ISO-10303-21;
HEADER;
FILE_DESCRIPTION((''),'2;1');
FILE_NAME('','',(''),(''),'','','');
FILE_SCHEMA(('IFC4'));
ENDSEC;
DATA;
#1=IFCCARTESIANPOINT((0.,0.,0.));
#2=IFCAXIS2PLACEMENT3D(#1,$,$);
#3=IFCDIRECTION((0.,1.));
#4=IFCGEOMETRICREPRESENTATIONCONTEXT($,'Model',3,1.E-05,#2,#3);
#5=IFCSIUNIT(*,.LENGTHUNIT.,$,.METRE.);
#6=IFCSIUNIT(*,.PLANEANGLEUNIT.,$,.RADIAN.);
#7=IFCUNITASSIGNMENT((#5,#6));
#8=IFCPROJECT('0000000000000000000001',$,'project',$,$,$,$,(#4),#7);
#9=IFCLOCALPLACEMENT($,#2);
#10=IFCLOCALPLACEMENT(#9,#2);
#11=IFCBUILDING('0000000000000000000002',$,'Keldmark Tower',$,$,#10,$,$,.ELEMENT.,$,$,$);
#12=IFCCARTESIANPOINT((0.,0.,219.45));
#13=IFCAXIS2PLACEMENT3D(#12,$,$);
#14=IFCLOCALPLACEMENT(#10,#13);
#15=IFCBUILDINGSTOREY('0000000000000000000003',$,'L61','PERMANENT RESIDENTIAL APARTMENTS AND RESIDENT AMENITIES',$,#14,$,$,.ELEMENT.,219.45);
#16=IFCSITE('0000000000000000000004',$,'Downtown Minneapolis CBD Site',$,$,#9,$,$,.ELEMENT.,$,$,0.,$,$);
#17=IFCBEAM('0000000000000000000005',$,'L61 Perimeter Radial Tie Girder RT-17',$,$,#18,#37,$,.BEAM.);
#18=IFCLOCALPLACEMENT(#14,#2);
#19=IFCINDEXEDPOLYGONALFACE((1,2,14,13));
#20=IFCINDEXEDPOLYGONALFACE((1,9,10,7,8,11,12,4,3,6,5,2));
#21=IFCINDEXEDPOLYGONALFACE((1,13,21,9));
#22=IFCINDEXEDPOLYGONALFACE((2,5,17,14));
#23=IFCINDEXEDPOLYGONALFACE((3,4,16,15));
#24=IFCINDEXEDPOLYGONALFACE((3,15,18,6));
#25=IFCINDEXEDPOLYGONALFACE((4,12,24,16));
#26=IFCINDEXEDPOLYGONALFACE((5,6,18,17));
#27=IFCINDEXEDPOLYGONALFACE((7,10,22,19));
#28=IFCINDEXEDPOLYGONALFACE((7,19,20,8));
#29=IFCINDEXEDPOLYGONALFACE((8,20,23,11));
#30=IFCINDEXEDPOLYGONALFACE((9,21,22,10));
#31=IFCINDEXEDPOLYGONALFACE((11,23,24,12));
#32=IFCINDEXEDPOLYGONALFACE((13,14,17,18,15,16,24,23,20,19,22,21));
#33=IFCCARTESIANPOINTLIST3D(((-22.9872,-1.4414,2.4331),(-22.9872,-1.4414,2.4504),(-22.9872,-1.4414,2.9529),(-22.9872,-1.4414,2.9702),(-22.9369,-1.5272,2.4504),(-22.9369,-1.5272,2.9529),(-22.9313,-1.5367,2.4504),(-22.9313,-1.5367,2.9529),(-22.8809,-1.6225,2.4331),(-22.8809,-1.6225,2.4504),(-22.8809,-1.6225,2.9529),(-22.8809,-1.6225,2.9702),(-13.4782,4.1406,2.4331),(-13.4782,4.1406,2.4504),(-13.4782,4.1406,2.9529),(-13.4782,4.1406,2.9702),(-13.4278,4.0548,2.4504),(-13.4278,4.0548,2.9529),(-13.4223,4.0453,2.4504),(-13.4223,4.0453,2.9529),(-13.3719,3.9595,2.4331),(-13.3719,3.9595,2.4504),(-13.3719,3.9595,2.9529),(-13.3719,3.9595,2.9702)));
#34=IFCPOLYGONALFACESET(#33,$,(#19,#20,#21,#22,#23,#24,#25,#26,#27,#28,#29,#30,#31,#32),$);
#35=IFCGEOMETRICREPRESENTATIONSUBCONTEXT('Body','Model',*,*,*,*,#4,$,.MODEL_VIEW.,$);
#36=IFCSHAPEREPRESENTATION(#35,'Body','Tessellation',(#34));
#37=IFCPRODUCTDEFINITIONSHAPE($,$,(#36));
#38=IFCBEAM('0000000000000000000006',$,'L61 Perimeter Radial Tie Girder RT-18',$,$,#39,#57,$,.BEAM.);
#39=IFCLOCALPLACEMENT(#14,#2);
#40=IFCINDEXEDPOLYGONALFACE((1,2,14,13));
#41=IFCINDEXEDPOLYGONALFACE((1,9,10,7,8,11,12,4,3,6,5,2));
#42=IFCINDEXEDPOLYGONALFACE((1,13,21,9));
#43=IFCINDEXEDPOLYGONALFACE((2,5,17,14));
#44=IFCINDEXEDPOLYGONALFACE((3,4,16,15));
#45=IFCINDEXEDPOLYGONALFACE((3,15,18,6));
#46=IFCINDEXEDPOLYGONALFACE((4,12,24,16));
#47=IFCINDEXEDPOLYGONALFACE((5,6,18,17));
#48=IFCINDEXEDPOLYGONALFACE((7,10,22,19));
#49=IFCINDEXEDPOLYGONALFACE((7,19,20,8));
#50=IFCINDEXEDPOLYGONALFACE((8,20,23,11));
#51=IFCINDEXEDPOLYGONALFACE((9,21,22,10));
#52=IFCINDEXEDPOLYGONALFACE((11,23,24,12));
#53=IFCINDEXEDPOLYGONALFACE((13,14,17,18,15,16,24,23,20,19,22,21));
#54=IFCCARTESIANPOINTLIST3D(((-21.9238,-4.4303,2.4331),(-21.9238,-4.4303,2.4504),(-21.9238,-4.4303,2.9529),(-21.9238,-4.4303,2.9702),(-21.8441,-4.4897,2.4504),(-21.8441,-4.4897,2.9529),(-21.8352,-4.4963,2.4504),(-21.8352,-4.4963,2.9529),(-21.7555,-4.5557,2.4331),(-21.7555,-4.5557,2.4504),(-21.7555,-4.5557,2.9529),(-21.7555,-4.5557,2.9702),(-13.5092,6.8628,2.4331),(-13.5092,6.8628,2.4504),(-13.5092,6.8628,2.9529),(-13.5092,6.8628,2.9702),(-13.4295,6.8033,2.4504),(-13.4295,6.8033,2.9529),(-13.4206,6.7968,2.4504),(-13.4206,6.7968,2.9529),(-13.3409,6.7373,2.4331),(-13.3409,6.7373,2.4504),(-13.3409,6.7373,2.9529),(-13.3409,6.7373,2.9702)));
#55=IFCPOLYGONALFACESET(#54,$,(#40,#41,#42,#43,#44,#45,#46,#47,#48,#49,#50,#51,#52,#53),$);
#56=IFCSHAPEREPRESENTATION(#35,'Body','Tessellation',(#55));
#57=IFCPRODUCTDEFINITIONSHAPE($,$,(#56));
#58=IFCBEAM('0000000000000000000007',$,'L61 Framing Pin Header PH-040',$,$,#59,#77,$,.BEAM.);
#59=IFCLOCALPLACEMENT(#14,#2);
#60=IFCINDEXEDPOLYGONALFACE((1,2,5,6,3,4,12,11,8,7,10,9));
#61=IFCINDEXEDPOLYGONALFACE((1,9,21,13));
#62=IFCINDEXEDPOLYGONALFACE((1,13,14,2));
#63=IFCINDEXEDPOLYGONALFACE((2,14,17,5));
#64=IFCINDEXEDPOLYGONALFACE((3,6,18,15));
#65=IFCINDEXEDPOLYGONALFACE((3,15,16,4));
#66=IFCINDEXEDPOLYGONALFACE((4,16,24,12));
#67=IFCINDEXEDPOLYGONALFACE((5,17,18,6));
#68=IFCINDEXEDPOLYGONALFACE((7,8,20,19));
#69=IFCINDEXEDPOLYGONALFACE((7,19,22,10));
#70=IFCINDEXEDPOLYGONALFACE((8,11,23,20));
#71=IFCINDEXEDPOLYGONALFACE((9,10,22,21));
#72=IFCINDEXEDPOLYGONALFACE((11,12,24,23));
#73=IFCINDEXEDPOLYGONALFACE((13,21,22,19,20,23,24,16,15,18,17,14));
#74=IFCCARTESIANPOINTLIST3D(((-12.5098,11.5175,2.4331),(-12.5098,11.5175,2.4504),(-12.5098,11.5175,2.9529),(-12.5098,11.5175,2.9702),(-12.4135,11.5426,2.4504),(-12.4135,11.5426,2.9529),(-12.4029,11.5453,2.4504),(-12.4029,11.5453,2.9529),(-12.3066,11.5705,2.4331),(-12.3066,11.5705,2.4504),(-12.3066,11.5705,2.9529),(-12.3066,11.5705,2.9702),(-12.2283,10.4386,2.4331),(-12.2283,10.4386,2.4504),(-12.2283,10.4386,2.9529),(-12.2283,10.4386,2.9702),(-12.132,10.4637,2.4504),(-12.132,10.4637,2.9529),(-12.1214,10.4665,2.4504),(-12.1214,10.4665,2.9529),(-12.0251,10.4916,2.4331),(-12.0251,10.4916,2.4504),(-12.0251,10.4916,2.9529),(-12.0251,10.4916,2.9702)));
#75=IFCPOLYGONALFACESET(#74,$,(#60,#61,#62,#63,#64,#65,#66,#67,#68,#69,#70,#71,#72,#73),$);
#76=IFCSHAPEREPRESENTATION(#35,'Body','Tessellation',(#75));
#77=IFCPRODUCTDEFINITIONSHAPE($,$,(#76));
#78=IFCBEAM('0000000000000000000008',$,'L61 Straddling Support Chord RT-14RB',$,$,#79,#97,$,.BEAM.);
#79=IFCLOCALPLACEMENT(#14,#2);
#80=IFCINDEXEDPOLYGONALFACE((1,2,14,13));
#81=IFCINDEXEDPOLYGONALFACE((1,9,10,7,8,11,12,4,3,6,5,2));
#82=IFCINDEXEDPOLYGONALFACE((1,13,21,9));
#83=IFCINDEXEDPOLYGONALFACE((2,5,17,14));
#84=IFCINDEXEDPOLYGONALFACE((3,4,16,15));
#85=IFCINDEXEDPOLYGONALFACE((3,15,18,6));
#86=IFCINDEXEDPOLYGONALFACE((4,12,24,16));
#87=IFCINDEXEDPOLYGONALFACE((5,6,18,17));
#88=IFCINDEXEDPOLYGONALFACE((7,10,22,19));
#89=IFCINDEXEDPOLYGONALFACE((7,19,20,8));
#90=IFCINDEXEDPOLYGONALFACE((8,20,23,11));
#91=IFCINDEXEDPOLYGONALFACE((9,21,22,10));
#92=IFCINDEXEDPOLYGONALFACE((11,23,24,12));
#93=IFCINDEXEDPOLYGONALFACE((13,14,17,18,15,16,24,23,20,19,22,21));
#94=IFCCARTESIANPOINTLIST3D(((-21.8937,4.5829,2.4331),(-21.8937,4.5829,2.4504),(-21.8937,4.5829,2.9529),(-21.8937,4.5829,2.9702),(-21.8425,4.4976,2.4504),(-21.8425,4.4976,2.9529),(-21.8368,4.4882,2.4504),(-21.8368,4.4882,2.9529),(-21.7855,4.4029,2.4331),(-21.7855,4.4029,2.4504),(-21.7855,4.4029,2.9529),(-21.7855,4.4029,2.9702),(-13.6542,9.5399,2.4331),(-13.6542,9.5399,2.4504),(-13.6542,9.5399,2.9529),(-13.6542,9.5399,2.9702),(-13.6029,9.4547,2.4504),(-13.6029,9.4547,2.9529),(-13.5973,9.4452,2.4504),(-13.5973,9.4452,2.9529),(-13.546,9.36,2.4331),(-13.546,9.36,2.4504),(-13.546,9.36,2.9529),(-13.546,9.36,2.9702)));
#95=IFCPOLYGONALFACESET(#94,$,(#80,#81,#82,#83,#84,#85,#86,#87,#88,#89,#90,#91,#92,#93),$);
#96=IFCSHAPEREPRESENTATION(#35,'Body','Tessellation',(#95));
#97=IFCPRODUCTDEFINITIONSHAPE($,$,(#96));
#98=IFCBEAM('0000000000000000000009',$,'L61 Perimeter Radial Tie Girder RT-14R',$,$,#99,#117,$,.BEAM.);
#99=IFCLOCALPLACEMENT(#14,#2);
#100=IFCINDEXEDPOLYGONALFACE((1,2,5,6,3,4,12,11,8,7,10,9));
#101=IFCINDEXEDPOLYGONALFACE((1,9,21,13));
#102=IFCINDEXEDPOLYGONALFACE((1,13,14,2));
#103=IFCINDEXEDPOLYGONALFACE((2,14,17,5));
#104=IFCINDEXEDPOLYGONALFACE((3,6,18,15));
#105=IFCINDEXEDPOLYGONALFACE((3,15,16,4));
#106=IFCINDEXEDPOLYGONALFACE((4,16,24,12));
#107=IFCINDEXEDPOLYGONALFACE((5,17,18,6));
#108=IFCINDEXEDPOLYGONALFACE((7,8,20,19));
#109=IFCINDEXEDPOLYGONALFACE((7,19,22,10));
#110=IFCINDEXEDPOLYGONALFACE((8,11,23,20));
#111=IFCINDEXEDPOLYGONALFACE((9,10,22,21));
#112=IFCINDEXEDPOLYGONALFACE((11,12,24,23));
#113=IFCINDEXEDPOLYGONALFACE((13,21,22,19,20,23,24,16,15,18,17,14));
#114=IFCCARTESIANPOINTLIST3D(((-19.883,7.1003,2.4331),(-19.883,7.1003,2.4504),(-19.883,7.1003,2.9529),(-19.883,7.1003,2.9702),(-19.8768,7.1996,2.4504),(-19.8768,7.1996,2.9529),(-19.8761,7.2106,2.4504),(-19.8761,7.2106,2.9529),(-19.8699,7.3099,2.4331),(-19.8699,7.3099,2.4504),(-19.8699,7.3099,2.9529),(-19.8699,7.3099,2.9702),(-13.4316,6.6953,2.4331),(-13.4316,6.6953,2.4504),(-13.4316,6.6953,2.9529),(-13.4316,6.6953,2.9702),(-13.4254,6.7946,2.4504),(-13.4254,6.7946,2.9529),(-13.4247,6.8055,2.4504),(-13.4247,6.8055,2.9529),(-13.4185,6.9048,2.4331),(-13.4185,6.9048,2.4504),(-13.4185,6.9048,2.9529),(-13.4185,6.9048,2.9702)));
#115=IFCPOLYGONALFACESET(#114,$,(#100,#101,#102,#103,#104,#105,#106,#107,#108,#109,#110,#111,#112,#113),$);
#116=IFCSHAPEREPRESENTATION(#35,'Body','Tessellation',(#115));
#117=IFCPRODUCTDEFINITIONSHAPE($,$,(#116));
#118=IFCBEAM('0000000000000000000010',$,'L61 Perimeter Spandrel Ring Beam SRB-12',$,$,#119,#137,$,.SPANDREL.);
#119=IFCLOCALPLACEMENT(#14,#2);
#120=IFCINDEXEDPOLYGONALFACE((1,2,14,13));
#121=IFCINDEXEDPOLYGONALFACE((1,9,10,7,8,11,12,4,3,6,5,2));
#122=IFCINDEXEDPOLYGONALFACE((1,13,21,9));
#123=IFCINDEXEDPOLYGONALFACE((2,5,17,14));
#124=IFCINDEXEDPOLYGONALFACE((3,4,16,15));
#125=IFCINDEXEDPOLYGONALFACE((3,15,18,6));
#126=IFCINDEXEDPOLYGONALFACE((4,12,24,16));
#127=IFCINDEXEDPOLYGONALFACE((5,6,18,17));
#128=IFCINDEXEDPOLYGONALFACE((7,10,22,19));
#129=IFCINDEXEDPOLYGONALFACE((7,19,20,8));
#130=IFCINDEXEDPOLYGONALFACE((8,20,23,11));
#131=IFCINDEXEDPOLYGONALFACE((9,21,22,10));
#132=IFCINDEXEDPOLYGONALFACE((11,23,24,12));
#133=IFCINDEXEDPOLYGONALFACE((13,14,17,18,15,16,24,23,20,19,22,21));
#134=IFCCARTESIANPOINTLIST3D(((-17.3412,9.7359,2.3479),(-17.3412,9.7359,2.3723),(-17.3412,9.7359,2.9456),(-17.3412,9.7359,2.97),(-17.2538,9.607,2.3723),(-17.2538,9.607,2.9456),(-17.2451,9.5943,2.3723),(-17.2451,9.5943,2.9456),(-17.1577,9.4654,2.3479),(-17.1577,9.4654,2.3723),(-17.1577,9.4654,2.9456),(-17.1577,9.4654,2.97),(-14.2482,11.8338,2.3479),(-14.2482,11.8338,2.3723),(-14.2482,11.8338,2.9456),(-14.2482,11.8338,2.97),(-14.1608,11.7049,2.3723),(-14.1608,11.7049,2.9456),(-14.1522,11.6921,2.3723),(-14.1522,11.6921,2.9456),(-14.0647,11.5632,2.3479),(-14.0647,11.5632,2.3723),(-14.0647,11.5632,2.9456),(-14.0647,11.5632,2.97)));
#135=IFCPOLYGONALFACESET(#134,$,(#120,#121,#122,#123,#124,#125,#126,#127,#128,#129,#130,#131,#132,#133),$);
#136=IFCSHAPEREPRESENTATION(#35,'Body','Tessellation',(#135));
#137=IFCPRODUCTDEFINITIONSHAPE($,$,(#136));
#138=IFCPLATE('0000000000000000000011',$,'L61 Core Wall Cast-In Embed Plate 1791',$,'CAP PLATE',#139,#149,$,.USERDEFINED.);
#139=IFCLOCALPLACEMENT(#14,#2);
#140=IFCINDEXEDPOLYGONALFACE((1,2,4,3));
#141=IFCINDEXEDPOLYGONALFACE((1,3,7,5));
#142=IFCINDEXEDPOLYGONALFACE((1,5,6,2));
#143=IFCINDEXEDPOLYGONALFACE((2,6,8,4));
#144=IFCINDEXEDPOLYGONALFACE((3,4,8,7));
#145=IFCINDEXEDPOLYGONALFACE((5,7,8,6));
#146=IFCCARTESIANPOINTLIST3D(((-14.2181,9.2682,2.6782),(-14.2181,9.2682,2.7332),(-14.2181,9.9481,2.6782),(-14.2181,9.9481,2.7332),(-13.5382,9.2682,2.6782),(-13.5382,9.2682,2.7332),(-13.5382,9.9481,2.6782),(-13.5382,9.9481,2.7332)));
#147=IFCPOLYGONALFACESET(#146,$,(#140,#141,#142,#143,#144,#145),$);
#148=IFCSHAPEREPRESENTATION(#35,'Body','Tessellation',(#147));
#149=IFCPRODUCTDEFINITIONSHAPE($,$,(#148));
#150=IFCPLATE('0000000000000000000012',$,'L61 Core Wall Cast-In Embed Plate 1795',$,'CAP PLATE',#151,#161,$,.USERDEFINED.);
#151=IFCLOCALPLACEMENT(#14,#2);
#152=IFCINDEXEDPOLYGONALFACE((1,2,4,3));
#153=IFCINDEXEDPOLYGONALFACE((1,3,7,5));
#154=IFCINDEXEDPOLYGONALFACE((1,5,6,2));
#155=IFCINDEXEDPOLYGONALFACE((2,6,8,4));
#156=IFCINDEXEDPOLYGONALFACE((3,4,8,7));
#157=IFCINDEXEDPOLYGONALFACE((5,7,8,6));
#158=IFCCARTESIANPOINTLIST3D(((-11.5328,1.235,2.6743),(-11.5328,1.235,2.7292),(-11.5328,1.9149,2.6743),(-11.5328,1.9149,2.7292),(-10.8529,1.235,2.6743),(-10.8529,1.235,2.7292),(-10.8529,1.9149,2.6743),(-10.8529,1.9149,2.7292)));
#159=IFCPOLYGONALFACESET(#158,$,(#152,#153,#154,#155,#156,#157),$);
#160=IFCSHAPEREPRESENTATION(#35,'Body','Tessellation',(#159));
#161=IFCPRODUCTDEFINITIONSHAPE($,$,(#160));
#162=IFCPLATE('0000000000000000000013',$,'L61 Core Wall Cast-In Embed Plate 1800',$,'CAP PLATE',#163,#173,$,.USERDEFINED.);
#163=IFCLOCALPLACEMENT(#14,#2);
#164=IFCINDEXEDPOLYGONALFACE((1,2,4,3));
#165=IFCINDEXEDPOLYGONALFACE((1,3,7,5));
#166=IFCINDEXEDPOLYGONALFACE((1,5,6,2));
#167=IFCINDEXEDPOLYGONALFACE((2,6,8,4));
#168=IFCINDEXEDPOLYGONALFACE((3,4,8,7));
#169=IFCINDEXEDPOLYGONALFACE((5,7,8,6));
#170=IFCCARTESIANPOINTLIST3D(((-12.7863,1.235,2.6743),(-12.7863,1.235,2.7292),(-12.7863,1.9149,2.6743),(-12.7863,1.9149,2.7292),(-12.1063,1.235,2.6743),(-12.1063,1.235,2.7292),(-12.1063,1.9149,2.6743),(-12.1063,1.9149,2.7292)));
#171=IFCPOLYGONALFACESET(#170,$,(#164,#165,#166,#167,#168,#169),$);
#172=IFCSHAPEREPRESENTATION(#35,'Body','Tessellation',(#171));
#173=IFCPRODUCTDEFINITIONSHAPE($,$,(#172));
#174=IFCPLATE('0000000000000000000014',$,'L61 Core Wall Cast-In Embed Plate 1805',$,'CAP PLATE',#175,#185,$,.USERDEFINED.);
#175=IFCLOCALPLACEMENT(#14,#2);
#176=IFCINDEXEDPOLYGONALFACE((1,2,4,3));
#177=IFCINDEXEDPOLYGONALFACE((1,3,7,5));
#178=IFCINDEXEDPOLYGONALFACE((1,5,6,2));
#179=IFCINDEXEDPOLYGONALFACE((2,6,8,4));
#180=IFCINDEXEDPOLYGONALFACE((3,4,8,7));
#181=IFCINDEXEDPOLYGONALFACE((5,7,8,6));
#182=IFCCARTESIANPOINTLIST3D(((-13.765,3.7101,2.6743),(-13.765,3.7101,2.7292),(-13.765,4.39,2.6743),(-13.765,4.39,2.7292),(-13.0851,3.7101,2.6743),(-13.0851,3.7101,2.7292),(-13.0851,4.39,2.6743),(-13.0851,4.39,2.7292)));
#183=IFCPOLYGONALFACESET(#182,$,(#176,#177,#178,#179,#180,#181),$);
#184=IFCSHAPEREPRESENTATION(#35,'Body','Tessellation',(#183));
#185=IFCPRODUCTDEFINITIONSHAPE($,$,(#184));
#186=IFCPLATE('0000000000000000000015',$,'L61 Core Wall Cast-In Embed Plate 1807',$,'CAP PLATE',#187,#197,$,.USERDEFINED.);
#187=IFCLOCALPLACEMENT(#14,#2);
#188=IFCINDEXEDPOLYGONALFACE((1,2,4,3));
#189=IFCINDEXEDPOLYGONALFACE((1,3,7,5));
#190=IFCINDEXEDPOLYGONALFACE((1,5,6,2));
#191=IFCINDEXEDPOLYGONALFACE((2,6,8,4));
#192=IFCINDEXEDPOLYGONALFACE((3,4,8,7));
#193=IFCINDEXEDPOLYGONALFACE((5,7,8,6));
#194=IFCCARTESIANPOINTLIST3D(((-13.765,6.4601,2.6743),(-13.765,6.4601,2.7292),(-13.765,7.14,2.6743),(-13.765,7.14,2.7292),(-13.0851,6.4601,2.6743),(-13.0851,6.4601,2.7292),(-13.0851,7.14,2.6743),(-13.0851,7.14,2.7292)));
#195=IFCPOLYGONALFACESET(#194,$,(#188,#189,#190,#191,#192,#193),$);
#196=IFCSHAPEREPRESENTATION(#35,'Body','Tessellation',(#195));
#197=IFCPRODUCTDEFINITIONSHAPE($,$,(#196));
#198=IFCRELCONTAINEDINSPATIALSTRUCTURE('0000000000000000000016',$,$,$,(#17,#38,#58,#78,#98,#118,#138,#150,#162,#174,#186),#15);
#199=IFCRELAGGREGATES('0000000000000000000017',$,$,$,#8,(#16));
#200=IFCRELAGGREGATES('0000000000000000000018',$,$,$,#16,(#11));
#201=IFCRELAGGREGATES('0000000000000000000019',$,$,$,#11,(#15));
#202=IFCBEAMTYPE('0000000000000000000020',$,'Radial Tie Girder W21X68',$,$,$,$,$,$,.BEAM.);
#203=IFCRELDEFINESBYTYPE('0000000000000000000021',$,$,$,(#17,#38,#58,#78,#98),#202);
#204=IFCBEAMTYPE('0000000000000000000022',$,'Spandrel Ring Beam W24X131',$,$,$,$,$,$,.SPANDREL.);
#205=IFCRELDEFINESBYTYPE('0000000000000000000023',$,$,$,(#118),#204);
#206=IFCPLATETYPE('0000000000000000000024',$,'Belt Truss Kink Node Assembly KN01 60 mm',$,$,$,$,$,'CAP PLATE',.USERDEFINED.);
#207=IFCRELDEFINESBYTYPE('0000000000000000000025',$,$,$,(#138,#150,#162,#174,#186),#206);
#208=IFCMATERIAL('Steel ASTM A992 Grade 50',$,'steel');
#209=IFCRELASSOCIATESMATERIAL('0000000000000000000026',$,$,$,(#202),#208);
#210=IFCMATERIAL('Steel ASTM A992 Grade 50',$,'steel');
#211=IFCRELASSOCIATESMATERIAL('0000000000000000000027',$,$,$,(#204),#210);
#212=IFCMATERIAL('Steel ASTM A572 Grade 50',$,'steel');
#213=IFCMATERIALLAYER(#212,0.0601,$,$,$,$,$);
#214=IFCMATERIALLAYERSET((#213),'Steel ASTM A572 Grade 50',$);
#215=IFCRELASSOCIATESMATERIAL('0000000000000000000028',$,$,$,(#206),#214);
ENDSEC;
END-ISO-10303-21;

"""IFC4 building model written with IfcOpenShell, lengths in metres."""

from ifc_helpers import new_model, si_unit, direction, frame, origin, origin_2d, place, context, subcontext, project, spatial, rectangle, i_section, extrude, material, layer, layer_set, material_profile, profile_set, type_object, element, save


model = new_model("IFC4")

# Units and contexts
model_context = context("Model", 3, precision=1e-05, world=origin(), true_north=direction((0.0, 1.0)))
body_context = subcontext(model_context, "Body", "Model", "MODEL_VIEW")
ifc_project = project(units=[si_unit("LENGTHUNIT", "METRE"), si_unit("PLANEANGLEUNIT", "RADIAN")], contexts=[model_context])

# Site, building, storey
site_placement = place(None, origin())
site = spatial("IfcSite", under=ifc_project, at=site_placement, Name="Downtown Minneapolis CBD Site", CompositionType="ELEMENT", RefElevation=0.0)
building_placement = place(site_placement, origin())
building = spatial("IfcBuilding", under=site, at=building_placement, Name="Keldmark Tower", CompositionType="ELEMENT")
storey_placement = place(building_placement, frame((0.0, 0.0, 219.45)))
storey = spatial("IfcBuildingStorey", under=building, at=storey_placement, Name="L61", Description="PERMANENT RESIDENTIAL APARTMENTS AND RESIDENT AMENITIES", CompositionType="ELEMENT", Elevation=219.45)

# Beams
ifc_material_1 = material(Name="Steel ASTM A992 Grade 50", Category="steel")
ifc_material_profile_1 = material_profile(ifc_material_1, i_section(OverallWidth=0.21, OverallDepth=0.5371, WebThickness=0.011, FlangeThickness=0.0173, at=origin_2d()), Name="W21X68")
ifc_profile_set_1 = profile_set([ifc_material_profile_1], Name="Steel ASTM A992 Grade 50")
beam_type_1 = type_object("IfcBeamType", Name="Radial Tie Girder W21X68", PredefinedType="BEAM", material=ifc_profile_set_1)
beam_1_placement = place(storey_placement, frame((-13.425, 4.05, 2.7017), z_axis=(-0.86239, -0.506244, 0.0), x_axis=(0.506244, -0.86239, 0.0)))
element("IfcBeam", 1, at=beam_1_placement, inside=storey, type_object=beam_type_1, Name="L61 Perimeter Radial Tie Girder RT-17", PredefinedType="BEAM", context=body_context, shape_type="SweptSolid", body=[
    extrude(i_section(OverallWidth=0.21, OverallDepth=0.5371, WebThickness=0.011, FlangeThickness=0.0173, at=origin_2d()), origin(), (0.0, 0.0, 1.0), 11.0264),
])
beam_2_placement = place(storey_placement, frame((-13.425, 6.8, 2.7017), z_axis=(-0.59749, -0.801877, 0.0), x_axis=(0.801877, -0.59749, 0.0)))
element("IfcBeam", 2, at=beam_2_placement, inside=storey, type_object=beam_type_1, Name="L61 Perimeter Radial Tie Girder RT-18", PredefinedType="BEAM", context=body_context, shape_type="SweptSolid", body=[
    extrude(i_section(OverallWidth=0.21, OverallDepth=0.5371, WebThickness=0.011, FlangeThickness=0.0173, at=origin_2d()), origin(), (0.0, 0.0, 1.0), 14.0833),
])
beam_3_placement = place(storey_placement, frame((-12.1267, 10.4651, 2.7017), z_axis=(-0.252466, 0.967606, 0.0), x_axis=(-0.967606, -0.252466, 0.0)))
element("IfcBeam", 3, at=beam_3_placement, inside=storey, type_object=beam_type_1, Name="L61 Framing Pin Header PH-040", PredefinedType="BEAM", context=body_context, shape_type="SweptSolid", body=[
    extrude(i_section(OverallWidth=0.21, OverallDepth=0.5371, WebThickness=0.011, FlangeThickness=0.0173, at=origin_2d()), origin(), (0.0, 0.0, 1.0), 1.115),
])
beam_4_placement = place(storey_placement, frame((-13.6001, 9.45, 2.7017), z_axis=(-0.856881, -0.515515, 0.0), x_axis=(0.515515, -0.856881, 0.0)))
element("IfcBeam", 4, at=beam_4_placement, inside=storey, type_object=beam_type_1, Name="L61 Straddling Support Chord RT-14RB", PredefinedType="BEAM", context=body_context, shape_type="SweptSolid", body=[
    extrude(i_section(OverallWidth=0.21, OverallDepth=0.5371, WebThickness=0.011, FlangeThickness=0.0173, at=origin_2d()), origin(), (0.0, 0.0, 1.0), 9.6157),
])
beam_5_placement = place(storey_placement, frame((-13.425, 6.8, 2.7017), z_axis=(-0.998035, 0.062658, 0.0), x_axis=(-0.062658, -0.998035, 0.0)))
element("IfcBeam", 5, at=beam_5_placement, inside=storey, type_object=beam_type_1, Name="L61 Perimeter Radial Tie Girder RT-14R", PredefinedType="BEAM", context=body_context, shape_type="SweptSolid", body=[
    extrude(i_section(OverallWidth=0.21, OverallDepth=0.5371, WebThickness=0.011, FlangeThickness=0.0173, at=origin_2d()), origin(), (0.0, 0.0, 1.0), 6.4641),
])
ifc_material_2 = material(Name="Steel ASTM A992 Grade 50", Category="steel")
ifc_material_profile_2 = material_profile(ifc_material_2, i_section(OverallWidth=0.3269, OverallDepth=0.6221, WebThickness=0.0154, FlangeThickness=0.0244, at=origin_2d()), Name="W24X131")
ifc_profile_set_2 = profile_set([ifc_material_profile_2], Name="Steel ASTM A992 Grade 50")
beam_type_2 = type_object("IfcBeamType", Name="Spandrel Ring Beam W24X131", PredefinedType="SPANDREL", material=ifc_profile_set_2)
beam_6_placement = place(storey_placement, frame((-14.1565, 11.6985, 2.6589), z_axis=(-0.827592, -0.56133, 0.0), x_axis=(0.56133, -0.827592, 0.0)))
element("IfcBeam", 6, at=beam_6_placement, inside=storey, type_object=beam_type_2, Name="L61 Perimeter Spandrel Ring Beam SRB-12", PredefinedType="SPANDREL", context=body_context, shape_type="SweptSolid", body=[
    extrude(i_section(OverallWidth=0.3269, OverallDepth=0.6221, WebThickness=0.0154, FlangeThickness=0.0244, at=origin_2d()), origin(), (0.0, 0.0, 1.0), 3.7373),
])

# Plates
ifc_material_3 = material(Name="Steel ASTM A572 Grade 50", Category="steel")
ifc_layer_1 = layer(ifc_material_3, 0.0601)
ifc_layer_set_1 = layer_set([ifc_layer_1], Name="Steel ASTM A572 Grade 50")
plate_type_1 = type_object("IfcPlateType", Name="Belt Truss Kink Node Assembly KN01 60 mm", ElementType="CAP PLATE", PredefinedType="USERDEFINED", material=ifc_layer_set_1)
for number, where, z_axis, x_axis, name in (
    (7, (-13.8782, 9.6082, 2.6782), (0.0, 0.0, 1.0), (1.0, 0.0, 0.0), "L61 Core Wall Cast-In Embed Plate 1791"),
    (8, (-11.1929, 1.575, 2.6743), (0.0, 0.0, 1.0), (1.0, 0.0, 0.0), "L61 Core Wall Cast-In Embed Plate 1795"),
    (9, (-12.4463, 1.575, 2.6743), (0.0, 0.0, 1.0), (1.0, 0.0, 0.0), "L61 Core Wall Cast-In Embed Plate 1800"),
    (10, (-13.425, 4.05, 2.6743), (0.0, 0.0, 1.0), (1.0, 0.0, 0.0), "L61 Core Wall Cast-In Embed Plate 1805"),
    (11, (-13.425, 6.8, 2.6743), (0.0, 0.0, 1.0), (1.0, 0.0, 0.0), "L61 Core Wall Cast-In Embed Plate 1807"),
):
    element("IfcPlate", number, at=place(storey_placement, frame(where, z_axis=z_axis, x_axis=x_axis)), inside=storey, type_object=plate_type_1, Name=name, ObjectType="CAP PLATE", PredefinedType="USERDEFINED", context=body_context, shape_type="SweptSolid", body=[
        extrude(rectangle(XDim=0.6799, YDim=0.6799, at=origin_2d()), origin(), (0.0, 0.0, 1.0), 0.0549),
    ])

save(model, "model.ifc")
